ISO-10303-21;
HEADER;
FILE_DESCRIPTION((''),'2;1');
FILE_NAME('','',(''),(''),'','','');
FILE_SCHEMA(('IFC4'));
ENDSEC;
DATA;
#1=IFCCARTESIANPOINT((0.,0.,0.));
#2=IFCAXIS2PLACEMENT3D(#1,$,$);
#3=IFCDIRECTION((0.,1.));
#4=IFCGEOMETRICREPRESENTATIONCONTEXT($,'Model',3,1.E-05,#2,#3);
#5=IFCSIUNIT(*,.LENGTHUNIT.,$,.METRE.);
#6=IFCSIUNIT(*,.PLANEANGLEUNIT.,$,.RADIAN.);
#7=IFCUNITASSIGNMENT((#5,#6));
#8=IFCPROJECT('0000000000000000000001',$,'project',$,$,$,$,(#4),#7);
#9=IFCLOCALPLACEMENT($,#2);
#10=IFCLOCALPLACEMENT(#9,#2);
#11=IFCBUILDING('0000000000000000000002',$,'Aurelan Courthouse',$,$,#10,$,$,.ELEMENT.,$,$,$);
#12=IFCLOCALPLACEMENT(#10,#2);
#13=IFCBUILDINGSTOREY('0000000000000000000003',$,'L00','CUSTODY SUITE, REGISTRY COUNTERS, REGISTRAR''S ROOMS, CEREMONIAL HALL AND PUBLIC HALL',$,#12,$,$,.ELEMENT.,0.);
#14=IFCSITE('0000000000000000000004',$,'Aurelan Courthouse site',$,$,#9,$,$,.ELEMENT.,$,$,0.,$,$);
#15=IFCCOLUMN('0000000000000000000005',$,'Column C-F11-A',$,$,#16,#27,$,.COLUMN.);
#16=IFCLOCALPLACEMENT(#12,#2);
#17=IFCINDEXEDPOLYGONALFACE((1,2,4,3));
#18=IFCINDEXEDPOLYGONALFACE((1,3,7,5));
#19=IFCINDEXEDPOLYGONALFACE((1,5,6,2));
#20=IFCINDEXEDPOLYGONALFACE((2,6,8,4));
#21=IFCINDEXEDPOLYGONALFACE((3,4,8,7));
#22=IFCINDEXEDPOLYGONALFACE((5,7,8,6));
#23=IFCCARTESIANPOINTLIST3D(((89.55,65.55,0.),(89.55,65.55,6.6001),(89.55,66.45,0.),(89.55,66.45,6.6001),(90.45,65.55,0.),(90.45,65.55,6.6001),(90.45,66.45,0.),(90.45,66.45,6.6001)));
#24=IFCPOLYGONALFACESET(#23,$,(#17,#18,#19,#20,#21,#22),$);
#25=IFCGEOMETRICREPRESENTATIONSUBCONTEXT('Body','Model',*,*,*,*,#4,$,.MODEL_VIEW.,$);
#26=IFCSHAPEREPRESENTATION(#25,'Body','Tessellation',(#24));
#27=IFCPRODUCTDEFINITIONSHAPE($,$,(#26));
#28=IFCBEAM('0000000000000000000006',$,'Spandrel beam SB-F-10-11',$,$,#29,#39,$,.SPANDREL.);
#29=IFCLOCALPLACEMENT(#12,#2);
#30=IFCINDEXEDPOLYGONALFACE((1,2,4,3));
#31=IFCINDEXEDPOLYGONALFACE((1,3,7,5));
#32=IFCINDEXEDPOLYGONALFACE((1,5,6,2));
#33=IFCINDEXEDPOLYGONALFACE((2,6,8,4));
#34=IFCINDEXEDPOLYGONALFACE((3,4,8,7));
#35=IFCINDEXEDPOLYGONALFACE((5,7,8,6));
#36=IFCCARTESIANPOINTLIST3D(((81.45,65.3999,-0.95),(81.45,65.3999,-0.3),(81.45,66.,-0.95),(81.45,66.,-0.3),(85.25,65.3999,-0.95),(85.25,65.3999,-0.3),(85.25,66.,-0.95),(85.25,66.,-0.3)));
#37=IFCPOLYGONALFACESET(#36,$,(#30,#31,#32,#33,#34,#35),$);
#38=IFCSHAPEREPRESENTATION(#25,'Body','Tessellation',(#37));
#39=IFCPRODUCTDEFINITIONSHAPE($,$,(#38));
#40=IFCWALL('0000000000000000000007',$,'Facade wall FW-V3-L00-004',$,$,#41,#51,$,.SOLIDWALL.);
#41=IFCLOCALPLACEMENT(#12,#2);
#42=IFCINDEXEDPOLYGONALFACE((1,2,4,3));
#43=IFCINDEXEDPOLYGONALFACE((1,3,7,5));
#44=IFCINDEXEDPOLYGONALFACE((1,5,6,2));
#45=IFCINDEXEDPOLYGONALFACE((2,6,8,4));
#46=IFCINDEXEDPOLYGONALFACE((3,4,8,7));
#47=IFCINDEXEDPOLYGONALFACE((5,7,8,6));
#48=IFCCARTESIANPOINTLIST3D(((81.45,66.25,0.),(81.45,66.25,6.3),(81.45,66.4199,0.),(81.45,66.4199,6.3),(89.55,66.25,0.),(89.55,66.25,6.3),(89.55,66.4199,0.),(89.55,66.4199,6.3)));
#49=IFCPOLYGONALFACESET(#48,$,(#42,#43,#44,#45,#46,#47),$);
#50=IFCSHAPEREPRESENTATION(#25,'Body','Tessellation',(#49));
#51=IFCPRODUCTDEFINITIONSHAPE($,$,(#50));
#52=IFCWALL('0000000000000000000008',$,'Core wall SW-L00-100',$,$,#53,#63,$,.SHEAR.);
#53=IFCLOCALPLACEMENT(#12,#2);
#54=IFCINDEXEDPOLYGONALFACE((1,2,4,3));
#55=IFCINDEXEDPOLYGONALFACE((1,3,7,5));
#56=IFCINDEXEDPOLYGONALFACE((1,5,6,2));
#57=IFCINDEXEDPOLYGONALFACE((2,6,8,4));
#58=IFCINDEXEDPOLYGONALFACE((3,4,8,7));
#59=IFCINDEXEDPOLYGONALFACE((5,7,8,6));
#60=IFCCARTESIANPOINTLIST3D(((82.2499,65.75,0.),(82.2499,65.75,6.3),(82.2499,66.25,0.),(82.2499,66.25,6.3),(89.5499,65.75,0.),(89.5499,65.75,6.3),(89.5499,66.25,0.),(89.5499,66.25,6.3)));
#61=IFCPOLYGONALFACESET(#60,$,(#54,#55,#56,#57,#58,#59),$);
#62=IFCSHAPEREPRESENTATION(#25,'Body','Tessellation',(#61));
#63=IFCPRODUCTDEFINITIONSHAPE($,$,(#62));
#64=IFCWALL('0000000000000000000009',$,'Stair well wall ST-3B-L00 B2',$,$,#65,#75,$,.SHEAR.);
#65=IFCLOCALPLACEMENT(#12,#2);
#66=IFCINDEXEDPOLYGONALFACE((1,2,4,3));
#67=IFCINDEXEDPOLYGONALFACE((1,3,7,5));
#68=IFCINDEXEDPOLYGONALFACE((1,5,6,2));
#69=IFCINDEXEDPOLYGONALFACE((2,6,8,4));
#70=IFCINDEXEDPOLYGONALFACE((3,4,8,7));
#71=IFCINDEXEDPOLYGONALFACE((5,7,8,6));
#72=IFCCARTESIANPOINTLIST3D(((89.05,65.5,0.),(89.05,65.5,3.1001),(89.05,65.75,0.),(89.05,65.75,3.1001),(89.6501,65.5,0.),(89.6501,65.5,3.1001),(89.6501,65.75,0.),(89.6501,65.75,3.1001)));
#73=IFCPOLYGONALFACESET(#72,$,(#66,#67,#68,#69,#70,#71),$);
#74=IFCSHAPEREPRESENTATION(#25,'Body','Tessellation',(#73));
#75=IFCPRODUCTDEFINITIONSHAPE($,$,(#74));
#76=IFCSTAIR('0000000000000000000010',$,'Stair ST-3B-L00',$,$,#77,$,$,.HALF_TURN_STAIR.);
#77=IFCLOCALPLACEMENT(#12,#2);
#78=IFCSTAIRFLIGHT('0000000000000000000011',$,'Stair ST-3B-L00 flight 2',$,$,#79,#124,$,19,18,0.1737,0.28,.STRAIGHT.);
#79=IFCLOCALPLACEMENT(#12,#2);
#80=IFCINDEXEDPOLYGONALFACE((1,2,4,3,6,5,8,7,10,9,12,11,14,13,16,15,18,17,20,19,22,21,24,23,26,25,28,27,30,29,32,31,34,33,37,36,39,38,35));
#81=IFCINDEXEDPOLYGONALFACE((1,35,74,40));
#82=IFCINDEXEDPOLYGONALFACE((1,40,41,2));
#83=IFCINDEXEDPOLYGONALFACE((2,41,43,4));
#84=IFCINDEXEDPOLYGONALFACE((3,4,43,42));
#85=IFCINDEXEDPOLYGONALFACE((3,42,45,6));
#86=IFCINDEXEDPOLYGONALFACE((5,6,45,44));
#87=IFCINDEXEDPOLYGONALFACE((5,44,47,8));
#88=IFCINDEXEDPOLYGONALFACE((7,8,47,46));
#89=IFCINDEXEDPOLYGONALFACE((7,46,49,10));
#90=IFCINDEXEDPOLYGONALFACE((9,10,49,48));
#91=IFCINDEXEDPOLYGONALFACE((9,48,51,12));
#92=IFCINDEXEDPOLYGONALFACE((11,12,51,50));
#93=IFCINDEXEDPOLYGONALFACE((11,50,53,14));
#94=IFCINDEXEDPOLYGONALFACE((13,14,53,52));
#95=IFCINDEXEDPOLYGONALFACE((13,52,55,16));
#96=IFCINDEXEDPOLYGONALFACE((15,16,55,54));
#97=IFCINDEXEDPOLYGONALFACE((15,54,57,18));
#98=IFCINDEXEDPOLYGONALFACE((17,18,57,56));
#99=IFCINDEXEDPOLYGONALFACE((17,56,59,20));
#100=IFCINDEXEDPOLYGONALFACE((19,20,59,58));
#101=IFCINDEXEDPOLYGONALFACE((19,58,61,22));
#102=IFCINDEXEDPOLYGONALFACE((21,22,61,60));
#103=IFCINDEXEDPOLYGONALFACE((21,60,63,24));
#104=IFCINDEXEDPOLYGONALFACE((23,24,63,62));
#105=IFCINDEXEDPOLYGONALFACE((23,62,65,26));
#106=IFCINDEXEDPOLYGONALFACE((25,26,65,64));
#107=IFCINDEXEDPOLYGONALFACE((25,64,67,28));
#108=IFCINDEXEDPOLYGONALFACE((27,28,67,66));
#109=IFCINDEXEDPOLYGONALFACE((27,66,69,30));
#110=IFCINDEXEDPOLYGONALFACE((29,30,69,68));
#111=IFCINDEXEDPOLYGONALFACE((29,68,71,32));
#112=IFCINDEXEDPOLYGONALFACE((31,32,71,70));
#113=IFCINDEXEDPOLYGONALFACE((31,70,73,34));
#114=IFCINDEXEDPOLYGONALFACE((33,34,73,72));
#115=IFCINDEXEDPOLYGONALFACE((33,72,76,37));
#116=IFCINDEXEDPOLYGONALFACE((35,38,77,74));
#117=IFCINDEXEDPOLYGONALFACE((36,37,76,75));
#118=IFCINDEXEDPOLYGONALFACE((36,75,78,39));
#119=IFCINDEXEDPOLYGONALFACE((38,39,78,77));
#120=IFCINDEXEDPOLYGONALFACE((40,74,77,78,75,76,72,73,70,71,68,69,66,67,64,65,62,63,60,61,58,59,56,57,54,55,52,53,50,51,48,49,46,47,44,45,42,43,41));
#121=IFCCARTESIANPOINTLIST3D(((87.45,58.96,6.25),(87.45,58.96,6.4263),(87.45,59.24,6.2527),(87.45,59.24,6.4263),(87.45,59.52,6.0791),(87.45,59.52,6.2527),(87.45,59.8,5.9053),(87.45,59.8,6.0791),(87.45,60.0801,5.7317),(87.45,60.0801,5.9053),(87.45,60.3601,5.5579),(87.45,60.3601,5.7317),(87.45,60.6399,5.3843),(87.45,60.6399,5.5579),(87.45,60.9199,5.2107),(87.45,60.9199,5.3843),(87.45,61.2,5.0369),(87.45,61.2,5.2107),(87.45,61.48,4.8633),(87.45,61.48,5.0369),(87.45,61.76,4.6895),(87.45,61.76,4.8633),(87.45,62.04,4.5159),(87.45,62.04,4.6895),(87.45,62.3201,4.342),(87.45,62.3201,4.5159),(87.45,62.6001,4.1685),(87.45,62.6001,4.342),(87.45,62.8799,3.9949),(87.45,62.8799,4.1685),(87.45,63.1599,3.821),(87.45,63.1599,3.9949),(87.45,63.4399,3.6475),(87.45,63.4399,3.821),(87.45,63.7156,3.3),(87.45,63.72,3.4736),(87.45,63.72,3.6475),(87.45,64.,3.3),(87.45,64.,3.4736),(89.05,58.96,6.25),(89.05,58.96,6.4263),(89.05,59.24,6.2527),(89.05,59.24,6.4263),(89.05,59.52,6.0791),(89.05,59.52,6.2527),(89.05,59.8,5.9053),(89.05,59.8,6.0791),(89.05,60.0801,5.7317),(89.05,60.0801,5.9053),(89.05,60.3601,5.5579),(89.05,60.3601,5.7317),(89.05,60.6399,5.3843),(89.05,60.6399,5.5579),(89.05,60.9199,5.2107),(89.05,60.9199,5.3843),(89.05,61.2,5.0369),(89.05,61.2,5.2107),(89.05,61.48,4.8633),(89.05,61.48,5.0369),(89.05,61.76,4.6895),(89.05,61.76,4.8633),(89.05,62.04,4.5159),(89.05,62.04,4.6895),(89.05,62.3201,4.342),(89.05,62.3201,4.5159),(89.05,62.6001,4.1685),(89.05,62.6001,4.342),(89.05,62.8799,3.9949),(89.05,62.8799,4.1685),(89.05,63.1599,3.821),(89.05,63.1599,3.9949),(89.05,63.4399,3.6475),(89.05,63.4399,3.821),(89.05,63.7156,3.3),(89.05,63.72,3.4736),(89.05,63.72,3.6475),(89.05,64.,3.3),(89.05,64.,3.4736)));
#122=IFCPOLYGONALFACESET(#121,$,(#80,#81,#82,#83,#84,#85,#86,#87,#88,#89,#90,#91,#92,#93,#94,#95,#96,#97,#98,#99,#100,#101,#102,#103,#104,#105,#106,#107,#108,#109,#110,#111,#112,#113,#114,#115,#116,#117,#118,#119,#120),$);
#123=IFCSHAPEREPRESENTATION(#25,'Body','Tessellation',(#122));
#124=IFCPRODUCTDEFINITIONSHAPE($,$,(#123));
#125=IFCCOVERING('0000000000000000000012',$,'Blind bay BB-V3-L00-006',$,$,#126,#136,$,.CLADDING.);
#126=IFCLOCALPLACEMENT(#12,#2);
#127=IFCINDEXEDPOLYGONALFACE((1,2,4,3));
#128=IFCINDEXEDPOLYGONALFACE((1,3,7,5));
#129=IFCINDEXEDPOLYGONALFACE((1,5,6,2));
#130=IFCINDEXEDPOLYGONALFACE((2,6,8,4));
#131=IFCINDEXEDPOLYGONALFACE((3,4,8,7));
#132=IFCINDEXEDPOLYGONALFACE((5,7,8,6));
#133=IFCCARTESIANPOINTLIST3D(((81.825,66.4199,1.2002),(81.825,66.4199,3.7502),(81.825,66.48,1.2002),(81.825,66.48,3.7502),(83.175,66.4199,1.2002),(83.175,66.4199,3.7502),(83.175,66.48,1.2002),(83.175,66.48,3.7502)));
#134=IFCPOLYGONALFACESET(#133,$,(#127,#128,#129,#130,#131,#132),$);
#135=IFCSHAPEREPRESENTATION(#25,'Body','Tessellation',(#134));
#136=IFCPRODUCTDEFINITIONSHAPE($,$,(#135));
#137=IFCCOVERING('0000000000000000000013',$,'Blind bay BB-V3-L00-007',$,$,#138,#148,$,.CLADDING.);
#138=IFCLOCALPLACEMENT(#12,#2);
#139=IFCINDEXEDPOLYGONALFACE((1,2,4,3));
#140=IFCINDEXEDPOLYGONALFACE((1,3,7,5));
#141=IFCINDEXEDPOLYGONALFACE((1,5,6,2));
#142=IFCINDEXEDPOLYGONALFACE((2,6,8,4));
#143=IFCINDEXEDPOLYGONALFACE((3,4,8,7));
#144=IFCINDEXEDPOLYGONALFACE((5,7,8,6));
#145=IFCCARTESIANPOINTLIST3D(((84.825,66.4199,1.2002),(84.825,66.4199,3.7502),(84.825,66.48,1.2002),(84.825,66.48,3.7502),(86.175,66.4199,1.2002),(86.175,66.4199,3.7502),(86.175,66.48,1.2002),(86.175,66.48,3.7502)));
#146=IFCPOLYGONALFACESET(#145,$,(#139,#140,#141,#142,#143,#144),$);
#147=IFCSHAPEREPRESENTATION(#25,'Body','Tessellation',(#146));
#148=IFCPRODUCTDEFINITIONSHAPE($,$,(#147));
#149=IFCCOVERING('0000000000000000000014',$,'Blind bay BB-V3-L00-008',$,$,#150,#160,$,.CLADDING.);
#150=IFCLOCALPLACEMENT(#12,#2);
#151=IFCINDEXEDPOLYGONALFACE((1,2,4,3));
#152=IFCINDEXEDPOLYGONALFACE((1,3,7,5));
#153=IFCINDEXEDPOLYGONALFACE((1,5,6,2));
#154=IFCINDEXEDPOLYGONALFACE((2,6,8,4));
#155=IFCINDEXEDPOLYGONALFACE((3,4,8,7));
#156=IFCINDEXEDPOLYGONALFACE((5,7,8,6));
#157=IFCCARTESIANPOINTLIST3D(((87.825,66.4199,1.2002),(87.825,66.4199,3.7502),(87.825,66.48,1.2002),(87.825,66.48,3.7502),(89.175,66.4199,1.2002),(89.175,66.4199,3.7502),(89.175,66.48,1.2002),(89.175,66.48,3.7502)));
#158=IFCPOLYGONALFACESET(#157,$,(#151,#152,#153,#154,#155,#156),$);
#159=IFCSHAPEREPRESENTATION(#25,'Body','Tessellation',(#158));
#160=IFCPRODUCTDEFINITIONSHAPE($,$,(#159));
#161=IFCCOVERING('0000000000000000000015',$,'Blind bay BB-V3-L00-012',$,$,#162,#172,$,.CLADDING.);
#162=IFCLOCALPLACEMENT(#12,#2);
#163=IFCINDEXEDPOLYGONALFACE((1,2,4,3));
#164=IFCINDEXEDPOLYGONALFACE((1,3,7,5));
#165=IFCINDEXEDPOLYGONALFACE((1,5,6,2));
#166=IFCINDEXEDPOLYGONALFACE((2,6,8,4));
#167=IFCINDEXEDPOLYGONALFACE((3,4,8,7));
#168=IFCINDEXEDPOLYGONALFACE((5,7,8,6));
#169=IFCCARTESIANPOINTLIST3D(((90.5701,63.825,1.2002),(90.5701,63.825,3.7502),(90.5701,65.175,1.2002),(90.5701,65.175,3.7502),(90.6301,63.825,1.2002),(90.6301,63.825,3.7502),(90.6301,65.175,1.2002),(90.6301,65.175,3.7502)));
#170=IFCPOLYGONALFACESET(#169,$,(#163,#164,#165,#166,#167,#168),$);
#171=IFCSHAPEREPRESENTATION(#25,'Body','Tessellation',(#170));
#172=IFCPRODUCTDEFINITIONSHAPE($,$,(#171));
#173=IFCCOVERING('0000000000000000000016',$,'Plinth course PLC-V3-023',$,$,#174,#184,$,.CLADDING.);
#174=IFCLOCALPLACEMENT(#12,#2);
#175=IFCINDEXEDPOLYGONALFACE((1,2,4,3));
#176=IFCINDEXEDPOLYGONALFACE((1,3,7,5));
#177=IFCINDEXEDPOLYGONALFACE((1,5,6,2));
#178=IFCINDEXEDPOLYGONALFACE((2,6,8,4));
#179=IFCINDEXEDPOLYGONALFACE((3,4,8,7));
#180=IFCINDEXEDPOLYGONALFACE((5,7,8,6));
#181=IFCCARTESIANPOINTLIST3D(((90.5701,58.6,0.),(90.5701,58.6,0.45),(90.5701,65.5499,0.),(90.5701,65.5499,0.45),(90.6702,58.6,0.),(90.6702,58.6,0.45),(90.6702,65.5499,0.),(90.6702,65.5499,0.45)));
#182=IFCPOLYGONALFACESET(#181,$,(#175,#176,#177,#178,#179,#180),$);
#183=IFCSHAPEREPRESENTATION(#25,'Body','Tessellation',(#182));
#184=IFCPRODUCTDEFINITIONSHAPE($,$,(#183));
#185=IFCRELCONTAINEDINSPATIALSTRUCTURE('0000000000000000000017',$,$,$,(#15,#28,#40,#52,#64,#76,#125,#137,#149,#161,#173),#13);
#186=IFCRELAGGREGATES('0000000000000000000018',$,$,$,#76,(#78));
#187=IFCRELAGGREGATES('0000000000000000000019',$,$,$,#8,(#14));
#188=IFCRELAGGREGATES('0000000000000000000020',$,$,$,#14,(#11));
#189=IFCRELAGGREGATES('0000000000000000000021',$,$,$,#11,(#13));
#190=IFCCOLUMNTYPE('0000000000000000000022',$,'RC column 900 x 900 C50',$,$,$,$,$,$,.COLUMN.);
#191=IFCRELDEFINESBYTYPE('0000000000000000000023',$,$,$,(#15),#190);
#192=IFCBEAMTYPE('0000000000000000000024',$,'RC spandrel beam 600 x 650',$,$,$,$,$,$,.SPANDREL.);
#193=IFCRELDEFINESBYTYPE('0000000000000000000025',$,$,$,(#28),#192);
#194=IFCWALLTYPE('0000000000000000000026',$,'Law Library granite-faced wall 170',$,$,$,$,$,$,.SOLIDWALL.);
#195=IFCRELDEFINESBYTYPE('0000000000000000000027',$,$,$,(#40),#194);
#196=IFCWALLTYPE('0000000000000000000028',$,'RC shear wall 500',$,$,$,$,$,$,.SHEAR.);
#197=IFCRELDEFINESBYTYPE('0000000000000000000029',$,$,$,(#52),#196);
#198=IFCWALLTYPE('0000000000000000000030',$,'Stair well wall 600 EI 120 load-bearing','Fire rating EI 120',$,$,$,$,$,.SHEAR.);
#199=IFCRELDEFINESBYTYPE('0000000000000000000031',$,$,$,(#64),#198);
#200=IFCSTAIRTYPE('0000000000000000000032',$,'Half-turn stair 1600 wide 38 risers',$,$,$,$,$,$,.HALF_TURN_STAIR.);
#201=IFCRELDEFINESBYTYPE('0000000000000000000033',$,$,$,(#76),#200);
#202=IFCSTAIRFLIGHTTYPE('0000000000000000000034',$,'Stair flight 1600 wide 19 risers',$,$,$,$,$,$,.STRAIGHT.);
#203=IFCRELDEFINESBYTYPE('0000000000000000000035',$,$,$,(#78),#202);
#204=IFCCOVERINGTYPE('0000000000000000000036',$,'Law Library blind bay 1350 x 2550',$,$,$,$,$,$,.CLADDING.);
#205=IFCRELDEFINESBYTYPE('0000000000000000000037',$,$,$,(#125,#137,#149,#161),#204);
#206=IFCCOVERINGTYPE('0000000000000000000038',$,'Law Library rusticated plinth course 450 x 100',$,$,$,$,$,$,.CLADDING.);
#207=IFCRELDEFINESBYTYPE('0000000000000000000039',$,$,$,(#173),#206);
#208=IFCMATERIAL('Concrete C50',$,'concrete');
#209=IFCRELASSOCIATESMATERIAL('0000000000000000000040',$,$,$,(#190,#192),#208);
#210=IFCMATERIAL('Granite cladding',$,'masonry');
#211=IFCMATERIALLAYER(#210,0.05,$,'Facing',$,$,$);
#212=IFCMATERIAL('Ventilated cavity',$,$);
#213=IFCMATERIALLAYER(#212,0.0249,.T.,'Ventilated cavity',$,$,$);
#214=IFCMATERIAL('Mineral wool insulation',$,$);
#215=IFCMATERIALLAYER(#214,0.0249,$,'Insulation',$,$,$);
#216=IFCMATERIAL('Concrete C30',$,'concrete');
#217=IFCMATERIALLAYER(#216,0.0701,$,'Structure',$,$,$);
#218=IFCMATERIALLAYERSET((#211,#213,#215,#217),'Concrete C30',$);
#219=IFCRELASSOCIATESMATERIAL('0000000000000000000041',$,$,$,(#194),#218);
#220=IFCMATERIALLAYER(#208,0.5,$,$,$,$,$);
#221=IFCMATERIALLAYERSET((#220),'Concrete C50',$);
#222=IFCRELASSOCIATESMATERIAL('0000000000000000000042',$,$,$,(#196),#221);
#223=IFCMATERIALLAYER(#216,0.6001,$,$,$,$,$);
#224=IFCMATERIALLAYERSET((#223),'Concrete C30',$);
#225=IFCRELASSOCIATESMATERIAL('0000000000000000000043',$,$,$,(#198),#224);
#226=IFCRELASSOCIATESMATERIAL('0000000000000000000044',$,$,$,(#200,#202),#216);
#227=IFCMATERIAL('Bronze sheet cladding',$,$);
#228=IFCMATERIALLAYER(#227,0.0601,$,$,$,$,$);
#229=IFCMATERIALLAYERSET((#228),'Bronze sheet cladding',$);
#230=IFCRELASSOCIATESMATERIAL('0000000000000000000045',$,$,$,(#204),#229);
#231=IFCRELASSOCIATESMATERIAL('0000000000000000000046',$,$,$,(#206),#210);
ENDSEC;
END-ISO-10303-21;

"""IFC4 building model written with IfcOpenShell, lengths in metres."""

from ifc_helpers import new_model, si_unit, direction, frame, frame_2d, origin, origin_2d, place, context, subcontext, project, spatial, polyline, rectangle, outline, extrude, material, layer, layer_set, material_profile, profile_set, type_object, element, aggregate, save


model = new_model("IFC4")

# Units and contexts
model_context = context("Model", 3, precision=1e-05, world=origin(), true_north=direction((0.0, 1.0)))
body_context = subcontext(model_context, "Body", "Model", "MODEL_VIEW")
ifc_project = project(units=[si_unit("LENGTHUNIT", "METRE"), si_unit("PLANEANGLEUNIT", "RADIAN")], contexts=[model_context])

# Site, building, storey
site_placement = place(None, origin())
site = spatial("IfcSite", under=ifc_project, at=site_placement, Name="Aurelan Courthouse site", CompositionType="ELEMENT", RefElevation=0.0)
building_placement = place(site_placement, origin())
building = spatial("IfcBuilding", under=site, at=building_placement, Name="Aurelan Courthouse", CompositionType="ELEMENT")
storey_placement = place(building_placement, origin())
storey = spatial("IfcBuildingStorey", under=building, at=storey_placement, Name="L00", Description="CUSTODY SUITE, REGISTRY COUNTERS, REGISTRAR'S ROOMS, CEREMONIAL HALL AND PUBLIC HALL", CompositionType="ELEMENT", Elevation=0.0)

# Column
ifc_material_1 = material(Name="Concrete C50", Category="concrete")
ifc_material_profile_1 = material_profile(ifc_material_1, rectangle(XDim=0.8999, YDim=0.8999, at=origin_2d()), Name="RC 900 x 900")
ifc_profile_set_1 = profile_set([ifc_material_profile_1], Name="Concrete C50")
column_type = type_object("IfcColumnType", Name="RC column 900 x 900 C50", PredefinedType="COLUMN", material=ifc_profile_set_1)
column_placement = place(storey_placement, frame((90.0, 66.0, 0.0), z_axis=(0.0, 0.0, 1.0), x_axis=(1.0, 0.0, 0.0)))
element("IfcColumn", 1, at=column_placement, inside=storey, type_object=column_type, Name="Column C-F11-A", PredefinedType="COLUMN", context=body_context, shape_type="SweptSolid", body=[
    extrude(rectangle(XDim=0.8999, YDim=0.8999, at=origin_2d()), origin(), (0.0, 0.0, 1.0), 6.6001),
])

# Beam
ifc_material_profile_2 = material_profile(ifc_material_1, rectangle(XDim=0.6001, YDim=0.6499, at=origin_2d()), Name="RC 600 x 650")
ifc_profile_set_2 = profile_set([ifc_material_profile_2], Name="Concrete C50")
beam_type = type_object("IfcBeamType", Name="RC spandrel beam 600 x 650", PredefinedType="SPANDREL", material=ifc_profile_set_2)
beam_placement = place(storey_placement, frame((81.45, 65.7, -0.625), z_axis=(1.0, 0.0, 0.0), x_axis=(0.0, 1.0, 0.0)))
element("IfcBeam", 2, at=beam_placement, inside=storey, type_object=beam_type, Name="Spandrel beam SB-F-10-11", PredefinedType="SPANDREL", context=body_context, shape_type="SweptSolid", body=[
    extrude(rectangle(XDim=0.6001, YDim=0.6499, at=origin_2d()), origin(), (0.0, 0.0, 1.0), 3.8),
])

# Walls
ifc_material_2 = material(Name="Granite cladding", Category="masonry")
ifc_layer_1 = layer(ifc_material_2, 0.05, Name="Facing")
ifc_material_3 = material(Name="Ventilated cavity")
ifc_layer_2 = layer(ifc_material_3, 0.0249, ventilated=True, Name="Ventilated cavity")
ifc_material_4 = material(Name="Mineral wool insulation")
ifc_layer_3 = layer(ifc_material_4, 0.0249, Name="Insulation")
ifc_material_5 = material(Name="Concrete C30", Category="concrete")
ifc_layer_4 = layer(ifc_material_5, 0.0701, Name="Structure")
ifc_layer_set_1 = layer_set([ifc_layer_1, ifc_layer_2, ifc_layer_3, ifc_layer_4], Name="Concrete C30")
wall_type_1 = type_object("IfcWallType", Name="Law Library granite-faced wall 170", PredefinedType="SOLIDWALL", material=ifc_layer_set_1)
wall_1_placement = place(storey_placement, frame((81.45, 66.335, 0.0), z_axis=(0.0, 0.0, 1.0), x_axis=(1.0, 0.0, 0.0)))
element("IfcWall", 3, at=wall_1_placement, inside=storey, type_object=wall_type_1, Name="Facade wall FW-V3-L00-004", PredefinedType="SOLIDWALL", context=body_context, shape_type="SweptSolid", body=[
    extrude(rectangle(XDim=8.1001, YDim=0.1699, at=frame_2d((4.05, 0.0))), origin(), (0.0, 0.0, 1.0), 6.3),
])
ifc_layer_5 = layer(ifc_material_1, 0.5)
ifc_layer_set_2 = layer_set([ifc_layer_5], Name="Concrete C50")
wall_type_2 = type_object("IfcWallType", Name="RC shear wall 500", PredefinedType="SHEAR", material=ifc_layer_set_2)
wall_2_placement = place(storey_placement, frame((82.25, 66.0, 0.0), z_axis=(0.0, 0.0, 1.0), x_axis=(1.0, 0.0, 0.0)))
element("IfcWall", 4, at=wall_2_placement, inside=storey, type_object=wall_type_2, Name="Core wall SW-L00-100", PredefinedType="SHEAR", context=body_context, shape_type="SweptSolid", body=[
    extrude(rectangle(XDim=7.3, YDim=0.5, at=frame_2d((3.6499, 0.0))), origin(), (0.0, 0.0, 1.0), 6.3),
])
ifc_layer_6 = layer(ifc_material_5, 0.6001)
ifc_layer_set_3 = layer_set([ifc_layer_6], Name="Concrete C30")
wall_type_3 = type_object("IfcWallType", Name="Stair well wall 600 EI 120 load-bearing", Description="Fire rating EI 120", PredefinedType="SHEAR", material=ifc_layer_set_3)
wall_3_placement = place(storey_placement, frame((89.3501, 65.5, 0.0), z_axis=(0.0, 0.0, 1.0), x_axis=(0.0, 1.0, 0.0)))
element("IfcWall", 5, at=wall_3_placement, inside=storey, type_object=wall_type_3, Name="Stair well wall ST-3B-L00 B2", PredefinedType="SHEAR", context=body_context, shape_type="SweptSolid", body=[
    extrude(rectangle(XDim=0.25, YDim=0.6001, at=frame_2d((0.125, 0.0))), origin(), (0.0, 0.0, 1.0), 3.1001),
])

# Stair, stair flight
stair_type = type_object("IfcStairType", Name="Half-turn stair 1600 wide 38 risers", PredefinedType="HALF_TURN_STAIR", material=ifc_material_5)
stair_placement = place(storey_placement, origin())
stair = element("IfcStair", 6, at=stair_placement, inside=storey, type_object=stair_type, Name="Stair ST-3B-L00", PredefinedType="HALF_TURN_STAIR")
stair_flight_type = type_object("IfcStairFlightType", Name="Stair flight 1600 wide 19 risers", PredefinedType="STRAIGHT", material=ifc_material_5)
stair_flight_placement = place(storey_placement, frame((88.25, 64.0, 3.3), z_axis=(0.0, 0.0, 1.0), x_axis=(0.0, -1.0, 0.0)))
stair_flight = element("IfcStairFlight", 7, at=stair_flight_placement, type_object=stair_flight_type, Name="Stair ST-3B-L00 flight 2", NumberOfRisers=19, NumberOfTreads=18, PredefinedType="STRAIGHT", RiserHeight=0.1737, TreadLength=0.28, context=body_context, shape_type="SweptSolid", body=[
    extrude(outline(polyline([(0.0, 0.0), (0.0, 0.1736), (0.28, 0.1736), (0.28, 0.3474), (0.5601, 0.3474), (0.5601, 0.521), (0.8401, 0.521), (0.8401, 0.6948), (1.1201, 0.6948), (1.1201, 0.8684), (1.3999, 0.8684), (1.3999, 1.042), (1.6799, 1.042), (1.6799, 1.2158), (1.96, 1.2158), (1.96, 1.3894), (2.24, 1.3894), (2.24, 1.5632), (2.52, 1.5632), (2.52, 1.7368), (2.8, 1.7368), (2.8, 1.9106), (3.0801, 1.9106), (3.0801, 2.0842), (3.3601, 2.0842), (3.3601, 2.2578), (3.6399, 2.2578), (3.6399, 2.4316), (3.9199, 2.4316), (3.9199, 2.6052), (4.2, 2.6052), (4.2, 2.7791), (4.48, 2.7791), (4.48, 2.9526), (4.76, 2.9526), (4.76, 3.1262), (5.04, 3.1262), (5.04, 3.3), (5.04, 2.95), (0.2844, 0.0), (0.0, 0.0)])), frame((0.0, 0.8, 0.0), z_axis=(0.0, -1.0, 0.0), x_axis=(1.0, 0.0, 0.0)), (0.0, 0.0, 1.0), 1.6001),
])
aggregate(stair, [stair_flight])

# Coverings
ifc_material_6 = material(Name="Bronze sheet cladding")
ifc_layer_7 = layer(ifc_material_6, 0.0601)
ifc_layer_set_4 = layer_set([ifc_layer_7], Name="Bronze sheet cladding")
covering_type_1 = type_object("IfcCoveringType", Name="Law Library blind bay 1350 x 2550", PredefinedType="CLADDING", material=ifc_layer_set_4)
for number, where, z_axis, x_axis, name in (
    (8, (82.5, 66.45, 1.2002), (0.0, 0.0, 1.0), (1.0, 0.0, 0.0), "Blind bay BB-V3-L00-006"),
    (9, (85.5, 66.45, 1.2002), (0.0, 0.0, 1.0), (1.0, 0.0, 0.0), "Blind bay BB-V3-L00-007"),
    (10, (88.5, 66.45, 1.2002), (0.0, 0.0, 1.0), (1.0, 0.0, 0.0), "Blind bay BB-V3-L00-008"),
):
    element("IfcCovering", number, at=place(storey_placement, frame(where, z_axis=z_axis, x_axis=x_axis)), inside=storey, type_object=covering_type_1, Name=name, PredefinedType="CLADDING", context=body_context, shape_type="SweptSolid", body=[
        extrude(rectangle(XDim=1.3501, YDim=0.0601, at=origin_2d()), origin(), (0.0, 0.0, 1.0), 2.55),
    ])
covering_1_placement = place(storey_placement, frame((90.6001, 64.5, 1.2002), z_axis=(0.0, 0.0, 1.0), x_axis=(1.0, 0.0, 0.0)))
element("IfcCovering", 11, at=covering_1_placement, inside=storey, type_object=covering_type_1, Name="Blind bay BB-V3-L00-012", PredefinedType="CLADDING", context=body_context, shape_type="SweptSolid", body=[
    extrude(rectangle(XDim=0.0601, YDim=1.3501, at=origin_2d()), origin(), (0.0, 0.0, 1.0), 2.55),
])
covering_type_2 = type_object("IfcCoveringType", Name="Law Library rusticated plinth course 450 x 100", PredefinedType="CLADDING", material=ifc_material_2)
covering_2_placement = place(storey_placement, frame((90.6201, 62.075, 0.0), z_axis=(0.0, 0.0, 1.0), x_axis=(1.0, 0.0, 0.0)))
element("IfcCovering", 12, at=covering_2_placement, inside=storey, type_object=covering_type_2, Name="Plinth course PLC-V3-023", PredefinedType="CLADDING", context=body_context, shape_type="SweptSolid", body=[
    extrude(rectangle(XDim=0.1001, YDim=6.95, at=origin_2d()), origin(), (0.0, 0.0, 1.0), 0.45),
])

save(model, "model.ifc")
